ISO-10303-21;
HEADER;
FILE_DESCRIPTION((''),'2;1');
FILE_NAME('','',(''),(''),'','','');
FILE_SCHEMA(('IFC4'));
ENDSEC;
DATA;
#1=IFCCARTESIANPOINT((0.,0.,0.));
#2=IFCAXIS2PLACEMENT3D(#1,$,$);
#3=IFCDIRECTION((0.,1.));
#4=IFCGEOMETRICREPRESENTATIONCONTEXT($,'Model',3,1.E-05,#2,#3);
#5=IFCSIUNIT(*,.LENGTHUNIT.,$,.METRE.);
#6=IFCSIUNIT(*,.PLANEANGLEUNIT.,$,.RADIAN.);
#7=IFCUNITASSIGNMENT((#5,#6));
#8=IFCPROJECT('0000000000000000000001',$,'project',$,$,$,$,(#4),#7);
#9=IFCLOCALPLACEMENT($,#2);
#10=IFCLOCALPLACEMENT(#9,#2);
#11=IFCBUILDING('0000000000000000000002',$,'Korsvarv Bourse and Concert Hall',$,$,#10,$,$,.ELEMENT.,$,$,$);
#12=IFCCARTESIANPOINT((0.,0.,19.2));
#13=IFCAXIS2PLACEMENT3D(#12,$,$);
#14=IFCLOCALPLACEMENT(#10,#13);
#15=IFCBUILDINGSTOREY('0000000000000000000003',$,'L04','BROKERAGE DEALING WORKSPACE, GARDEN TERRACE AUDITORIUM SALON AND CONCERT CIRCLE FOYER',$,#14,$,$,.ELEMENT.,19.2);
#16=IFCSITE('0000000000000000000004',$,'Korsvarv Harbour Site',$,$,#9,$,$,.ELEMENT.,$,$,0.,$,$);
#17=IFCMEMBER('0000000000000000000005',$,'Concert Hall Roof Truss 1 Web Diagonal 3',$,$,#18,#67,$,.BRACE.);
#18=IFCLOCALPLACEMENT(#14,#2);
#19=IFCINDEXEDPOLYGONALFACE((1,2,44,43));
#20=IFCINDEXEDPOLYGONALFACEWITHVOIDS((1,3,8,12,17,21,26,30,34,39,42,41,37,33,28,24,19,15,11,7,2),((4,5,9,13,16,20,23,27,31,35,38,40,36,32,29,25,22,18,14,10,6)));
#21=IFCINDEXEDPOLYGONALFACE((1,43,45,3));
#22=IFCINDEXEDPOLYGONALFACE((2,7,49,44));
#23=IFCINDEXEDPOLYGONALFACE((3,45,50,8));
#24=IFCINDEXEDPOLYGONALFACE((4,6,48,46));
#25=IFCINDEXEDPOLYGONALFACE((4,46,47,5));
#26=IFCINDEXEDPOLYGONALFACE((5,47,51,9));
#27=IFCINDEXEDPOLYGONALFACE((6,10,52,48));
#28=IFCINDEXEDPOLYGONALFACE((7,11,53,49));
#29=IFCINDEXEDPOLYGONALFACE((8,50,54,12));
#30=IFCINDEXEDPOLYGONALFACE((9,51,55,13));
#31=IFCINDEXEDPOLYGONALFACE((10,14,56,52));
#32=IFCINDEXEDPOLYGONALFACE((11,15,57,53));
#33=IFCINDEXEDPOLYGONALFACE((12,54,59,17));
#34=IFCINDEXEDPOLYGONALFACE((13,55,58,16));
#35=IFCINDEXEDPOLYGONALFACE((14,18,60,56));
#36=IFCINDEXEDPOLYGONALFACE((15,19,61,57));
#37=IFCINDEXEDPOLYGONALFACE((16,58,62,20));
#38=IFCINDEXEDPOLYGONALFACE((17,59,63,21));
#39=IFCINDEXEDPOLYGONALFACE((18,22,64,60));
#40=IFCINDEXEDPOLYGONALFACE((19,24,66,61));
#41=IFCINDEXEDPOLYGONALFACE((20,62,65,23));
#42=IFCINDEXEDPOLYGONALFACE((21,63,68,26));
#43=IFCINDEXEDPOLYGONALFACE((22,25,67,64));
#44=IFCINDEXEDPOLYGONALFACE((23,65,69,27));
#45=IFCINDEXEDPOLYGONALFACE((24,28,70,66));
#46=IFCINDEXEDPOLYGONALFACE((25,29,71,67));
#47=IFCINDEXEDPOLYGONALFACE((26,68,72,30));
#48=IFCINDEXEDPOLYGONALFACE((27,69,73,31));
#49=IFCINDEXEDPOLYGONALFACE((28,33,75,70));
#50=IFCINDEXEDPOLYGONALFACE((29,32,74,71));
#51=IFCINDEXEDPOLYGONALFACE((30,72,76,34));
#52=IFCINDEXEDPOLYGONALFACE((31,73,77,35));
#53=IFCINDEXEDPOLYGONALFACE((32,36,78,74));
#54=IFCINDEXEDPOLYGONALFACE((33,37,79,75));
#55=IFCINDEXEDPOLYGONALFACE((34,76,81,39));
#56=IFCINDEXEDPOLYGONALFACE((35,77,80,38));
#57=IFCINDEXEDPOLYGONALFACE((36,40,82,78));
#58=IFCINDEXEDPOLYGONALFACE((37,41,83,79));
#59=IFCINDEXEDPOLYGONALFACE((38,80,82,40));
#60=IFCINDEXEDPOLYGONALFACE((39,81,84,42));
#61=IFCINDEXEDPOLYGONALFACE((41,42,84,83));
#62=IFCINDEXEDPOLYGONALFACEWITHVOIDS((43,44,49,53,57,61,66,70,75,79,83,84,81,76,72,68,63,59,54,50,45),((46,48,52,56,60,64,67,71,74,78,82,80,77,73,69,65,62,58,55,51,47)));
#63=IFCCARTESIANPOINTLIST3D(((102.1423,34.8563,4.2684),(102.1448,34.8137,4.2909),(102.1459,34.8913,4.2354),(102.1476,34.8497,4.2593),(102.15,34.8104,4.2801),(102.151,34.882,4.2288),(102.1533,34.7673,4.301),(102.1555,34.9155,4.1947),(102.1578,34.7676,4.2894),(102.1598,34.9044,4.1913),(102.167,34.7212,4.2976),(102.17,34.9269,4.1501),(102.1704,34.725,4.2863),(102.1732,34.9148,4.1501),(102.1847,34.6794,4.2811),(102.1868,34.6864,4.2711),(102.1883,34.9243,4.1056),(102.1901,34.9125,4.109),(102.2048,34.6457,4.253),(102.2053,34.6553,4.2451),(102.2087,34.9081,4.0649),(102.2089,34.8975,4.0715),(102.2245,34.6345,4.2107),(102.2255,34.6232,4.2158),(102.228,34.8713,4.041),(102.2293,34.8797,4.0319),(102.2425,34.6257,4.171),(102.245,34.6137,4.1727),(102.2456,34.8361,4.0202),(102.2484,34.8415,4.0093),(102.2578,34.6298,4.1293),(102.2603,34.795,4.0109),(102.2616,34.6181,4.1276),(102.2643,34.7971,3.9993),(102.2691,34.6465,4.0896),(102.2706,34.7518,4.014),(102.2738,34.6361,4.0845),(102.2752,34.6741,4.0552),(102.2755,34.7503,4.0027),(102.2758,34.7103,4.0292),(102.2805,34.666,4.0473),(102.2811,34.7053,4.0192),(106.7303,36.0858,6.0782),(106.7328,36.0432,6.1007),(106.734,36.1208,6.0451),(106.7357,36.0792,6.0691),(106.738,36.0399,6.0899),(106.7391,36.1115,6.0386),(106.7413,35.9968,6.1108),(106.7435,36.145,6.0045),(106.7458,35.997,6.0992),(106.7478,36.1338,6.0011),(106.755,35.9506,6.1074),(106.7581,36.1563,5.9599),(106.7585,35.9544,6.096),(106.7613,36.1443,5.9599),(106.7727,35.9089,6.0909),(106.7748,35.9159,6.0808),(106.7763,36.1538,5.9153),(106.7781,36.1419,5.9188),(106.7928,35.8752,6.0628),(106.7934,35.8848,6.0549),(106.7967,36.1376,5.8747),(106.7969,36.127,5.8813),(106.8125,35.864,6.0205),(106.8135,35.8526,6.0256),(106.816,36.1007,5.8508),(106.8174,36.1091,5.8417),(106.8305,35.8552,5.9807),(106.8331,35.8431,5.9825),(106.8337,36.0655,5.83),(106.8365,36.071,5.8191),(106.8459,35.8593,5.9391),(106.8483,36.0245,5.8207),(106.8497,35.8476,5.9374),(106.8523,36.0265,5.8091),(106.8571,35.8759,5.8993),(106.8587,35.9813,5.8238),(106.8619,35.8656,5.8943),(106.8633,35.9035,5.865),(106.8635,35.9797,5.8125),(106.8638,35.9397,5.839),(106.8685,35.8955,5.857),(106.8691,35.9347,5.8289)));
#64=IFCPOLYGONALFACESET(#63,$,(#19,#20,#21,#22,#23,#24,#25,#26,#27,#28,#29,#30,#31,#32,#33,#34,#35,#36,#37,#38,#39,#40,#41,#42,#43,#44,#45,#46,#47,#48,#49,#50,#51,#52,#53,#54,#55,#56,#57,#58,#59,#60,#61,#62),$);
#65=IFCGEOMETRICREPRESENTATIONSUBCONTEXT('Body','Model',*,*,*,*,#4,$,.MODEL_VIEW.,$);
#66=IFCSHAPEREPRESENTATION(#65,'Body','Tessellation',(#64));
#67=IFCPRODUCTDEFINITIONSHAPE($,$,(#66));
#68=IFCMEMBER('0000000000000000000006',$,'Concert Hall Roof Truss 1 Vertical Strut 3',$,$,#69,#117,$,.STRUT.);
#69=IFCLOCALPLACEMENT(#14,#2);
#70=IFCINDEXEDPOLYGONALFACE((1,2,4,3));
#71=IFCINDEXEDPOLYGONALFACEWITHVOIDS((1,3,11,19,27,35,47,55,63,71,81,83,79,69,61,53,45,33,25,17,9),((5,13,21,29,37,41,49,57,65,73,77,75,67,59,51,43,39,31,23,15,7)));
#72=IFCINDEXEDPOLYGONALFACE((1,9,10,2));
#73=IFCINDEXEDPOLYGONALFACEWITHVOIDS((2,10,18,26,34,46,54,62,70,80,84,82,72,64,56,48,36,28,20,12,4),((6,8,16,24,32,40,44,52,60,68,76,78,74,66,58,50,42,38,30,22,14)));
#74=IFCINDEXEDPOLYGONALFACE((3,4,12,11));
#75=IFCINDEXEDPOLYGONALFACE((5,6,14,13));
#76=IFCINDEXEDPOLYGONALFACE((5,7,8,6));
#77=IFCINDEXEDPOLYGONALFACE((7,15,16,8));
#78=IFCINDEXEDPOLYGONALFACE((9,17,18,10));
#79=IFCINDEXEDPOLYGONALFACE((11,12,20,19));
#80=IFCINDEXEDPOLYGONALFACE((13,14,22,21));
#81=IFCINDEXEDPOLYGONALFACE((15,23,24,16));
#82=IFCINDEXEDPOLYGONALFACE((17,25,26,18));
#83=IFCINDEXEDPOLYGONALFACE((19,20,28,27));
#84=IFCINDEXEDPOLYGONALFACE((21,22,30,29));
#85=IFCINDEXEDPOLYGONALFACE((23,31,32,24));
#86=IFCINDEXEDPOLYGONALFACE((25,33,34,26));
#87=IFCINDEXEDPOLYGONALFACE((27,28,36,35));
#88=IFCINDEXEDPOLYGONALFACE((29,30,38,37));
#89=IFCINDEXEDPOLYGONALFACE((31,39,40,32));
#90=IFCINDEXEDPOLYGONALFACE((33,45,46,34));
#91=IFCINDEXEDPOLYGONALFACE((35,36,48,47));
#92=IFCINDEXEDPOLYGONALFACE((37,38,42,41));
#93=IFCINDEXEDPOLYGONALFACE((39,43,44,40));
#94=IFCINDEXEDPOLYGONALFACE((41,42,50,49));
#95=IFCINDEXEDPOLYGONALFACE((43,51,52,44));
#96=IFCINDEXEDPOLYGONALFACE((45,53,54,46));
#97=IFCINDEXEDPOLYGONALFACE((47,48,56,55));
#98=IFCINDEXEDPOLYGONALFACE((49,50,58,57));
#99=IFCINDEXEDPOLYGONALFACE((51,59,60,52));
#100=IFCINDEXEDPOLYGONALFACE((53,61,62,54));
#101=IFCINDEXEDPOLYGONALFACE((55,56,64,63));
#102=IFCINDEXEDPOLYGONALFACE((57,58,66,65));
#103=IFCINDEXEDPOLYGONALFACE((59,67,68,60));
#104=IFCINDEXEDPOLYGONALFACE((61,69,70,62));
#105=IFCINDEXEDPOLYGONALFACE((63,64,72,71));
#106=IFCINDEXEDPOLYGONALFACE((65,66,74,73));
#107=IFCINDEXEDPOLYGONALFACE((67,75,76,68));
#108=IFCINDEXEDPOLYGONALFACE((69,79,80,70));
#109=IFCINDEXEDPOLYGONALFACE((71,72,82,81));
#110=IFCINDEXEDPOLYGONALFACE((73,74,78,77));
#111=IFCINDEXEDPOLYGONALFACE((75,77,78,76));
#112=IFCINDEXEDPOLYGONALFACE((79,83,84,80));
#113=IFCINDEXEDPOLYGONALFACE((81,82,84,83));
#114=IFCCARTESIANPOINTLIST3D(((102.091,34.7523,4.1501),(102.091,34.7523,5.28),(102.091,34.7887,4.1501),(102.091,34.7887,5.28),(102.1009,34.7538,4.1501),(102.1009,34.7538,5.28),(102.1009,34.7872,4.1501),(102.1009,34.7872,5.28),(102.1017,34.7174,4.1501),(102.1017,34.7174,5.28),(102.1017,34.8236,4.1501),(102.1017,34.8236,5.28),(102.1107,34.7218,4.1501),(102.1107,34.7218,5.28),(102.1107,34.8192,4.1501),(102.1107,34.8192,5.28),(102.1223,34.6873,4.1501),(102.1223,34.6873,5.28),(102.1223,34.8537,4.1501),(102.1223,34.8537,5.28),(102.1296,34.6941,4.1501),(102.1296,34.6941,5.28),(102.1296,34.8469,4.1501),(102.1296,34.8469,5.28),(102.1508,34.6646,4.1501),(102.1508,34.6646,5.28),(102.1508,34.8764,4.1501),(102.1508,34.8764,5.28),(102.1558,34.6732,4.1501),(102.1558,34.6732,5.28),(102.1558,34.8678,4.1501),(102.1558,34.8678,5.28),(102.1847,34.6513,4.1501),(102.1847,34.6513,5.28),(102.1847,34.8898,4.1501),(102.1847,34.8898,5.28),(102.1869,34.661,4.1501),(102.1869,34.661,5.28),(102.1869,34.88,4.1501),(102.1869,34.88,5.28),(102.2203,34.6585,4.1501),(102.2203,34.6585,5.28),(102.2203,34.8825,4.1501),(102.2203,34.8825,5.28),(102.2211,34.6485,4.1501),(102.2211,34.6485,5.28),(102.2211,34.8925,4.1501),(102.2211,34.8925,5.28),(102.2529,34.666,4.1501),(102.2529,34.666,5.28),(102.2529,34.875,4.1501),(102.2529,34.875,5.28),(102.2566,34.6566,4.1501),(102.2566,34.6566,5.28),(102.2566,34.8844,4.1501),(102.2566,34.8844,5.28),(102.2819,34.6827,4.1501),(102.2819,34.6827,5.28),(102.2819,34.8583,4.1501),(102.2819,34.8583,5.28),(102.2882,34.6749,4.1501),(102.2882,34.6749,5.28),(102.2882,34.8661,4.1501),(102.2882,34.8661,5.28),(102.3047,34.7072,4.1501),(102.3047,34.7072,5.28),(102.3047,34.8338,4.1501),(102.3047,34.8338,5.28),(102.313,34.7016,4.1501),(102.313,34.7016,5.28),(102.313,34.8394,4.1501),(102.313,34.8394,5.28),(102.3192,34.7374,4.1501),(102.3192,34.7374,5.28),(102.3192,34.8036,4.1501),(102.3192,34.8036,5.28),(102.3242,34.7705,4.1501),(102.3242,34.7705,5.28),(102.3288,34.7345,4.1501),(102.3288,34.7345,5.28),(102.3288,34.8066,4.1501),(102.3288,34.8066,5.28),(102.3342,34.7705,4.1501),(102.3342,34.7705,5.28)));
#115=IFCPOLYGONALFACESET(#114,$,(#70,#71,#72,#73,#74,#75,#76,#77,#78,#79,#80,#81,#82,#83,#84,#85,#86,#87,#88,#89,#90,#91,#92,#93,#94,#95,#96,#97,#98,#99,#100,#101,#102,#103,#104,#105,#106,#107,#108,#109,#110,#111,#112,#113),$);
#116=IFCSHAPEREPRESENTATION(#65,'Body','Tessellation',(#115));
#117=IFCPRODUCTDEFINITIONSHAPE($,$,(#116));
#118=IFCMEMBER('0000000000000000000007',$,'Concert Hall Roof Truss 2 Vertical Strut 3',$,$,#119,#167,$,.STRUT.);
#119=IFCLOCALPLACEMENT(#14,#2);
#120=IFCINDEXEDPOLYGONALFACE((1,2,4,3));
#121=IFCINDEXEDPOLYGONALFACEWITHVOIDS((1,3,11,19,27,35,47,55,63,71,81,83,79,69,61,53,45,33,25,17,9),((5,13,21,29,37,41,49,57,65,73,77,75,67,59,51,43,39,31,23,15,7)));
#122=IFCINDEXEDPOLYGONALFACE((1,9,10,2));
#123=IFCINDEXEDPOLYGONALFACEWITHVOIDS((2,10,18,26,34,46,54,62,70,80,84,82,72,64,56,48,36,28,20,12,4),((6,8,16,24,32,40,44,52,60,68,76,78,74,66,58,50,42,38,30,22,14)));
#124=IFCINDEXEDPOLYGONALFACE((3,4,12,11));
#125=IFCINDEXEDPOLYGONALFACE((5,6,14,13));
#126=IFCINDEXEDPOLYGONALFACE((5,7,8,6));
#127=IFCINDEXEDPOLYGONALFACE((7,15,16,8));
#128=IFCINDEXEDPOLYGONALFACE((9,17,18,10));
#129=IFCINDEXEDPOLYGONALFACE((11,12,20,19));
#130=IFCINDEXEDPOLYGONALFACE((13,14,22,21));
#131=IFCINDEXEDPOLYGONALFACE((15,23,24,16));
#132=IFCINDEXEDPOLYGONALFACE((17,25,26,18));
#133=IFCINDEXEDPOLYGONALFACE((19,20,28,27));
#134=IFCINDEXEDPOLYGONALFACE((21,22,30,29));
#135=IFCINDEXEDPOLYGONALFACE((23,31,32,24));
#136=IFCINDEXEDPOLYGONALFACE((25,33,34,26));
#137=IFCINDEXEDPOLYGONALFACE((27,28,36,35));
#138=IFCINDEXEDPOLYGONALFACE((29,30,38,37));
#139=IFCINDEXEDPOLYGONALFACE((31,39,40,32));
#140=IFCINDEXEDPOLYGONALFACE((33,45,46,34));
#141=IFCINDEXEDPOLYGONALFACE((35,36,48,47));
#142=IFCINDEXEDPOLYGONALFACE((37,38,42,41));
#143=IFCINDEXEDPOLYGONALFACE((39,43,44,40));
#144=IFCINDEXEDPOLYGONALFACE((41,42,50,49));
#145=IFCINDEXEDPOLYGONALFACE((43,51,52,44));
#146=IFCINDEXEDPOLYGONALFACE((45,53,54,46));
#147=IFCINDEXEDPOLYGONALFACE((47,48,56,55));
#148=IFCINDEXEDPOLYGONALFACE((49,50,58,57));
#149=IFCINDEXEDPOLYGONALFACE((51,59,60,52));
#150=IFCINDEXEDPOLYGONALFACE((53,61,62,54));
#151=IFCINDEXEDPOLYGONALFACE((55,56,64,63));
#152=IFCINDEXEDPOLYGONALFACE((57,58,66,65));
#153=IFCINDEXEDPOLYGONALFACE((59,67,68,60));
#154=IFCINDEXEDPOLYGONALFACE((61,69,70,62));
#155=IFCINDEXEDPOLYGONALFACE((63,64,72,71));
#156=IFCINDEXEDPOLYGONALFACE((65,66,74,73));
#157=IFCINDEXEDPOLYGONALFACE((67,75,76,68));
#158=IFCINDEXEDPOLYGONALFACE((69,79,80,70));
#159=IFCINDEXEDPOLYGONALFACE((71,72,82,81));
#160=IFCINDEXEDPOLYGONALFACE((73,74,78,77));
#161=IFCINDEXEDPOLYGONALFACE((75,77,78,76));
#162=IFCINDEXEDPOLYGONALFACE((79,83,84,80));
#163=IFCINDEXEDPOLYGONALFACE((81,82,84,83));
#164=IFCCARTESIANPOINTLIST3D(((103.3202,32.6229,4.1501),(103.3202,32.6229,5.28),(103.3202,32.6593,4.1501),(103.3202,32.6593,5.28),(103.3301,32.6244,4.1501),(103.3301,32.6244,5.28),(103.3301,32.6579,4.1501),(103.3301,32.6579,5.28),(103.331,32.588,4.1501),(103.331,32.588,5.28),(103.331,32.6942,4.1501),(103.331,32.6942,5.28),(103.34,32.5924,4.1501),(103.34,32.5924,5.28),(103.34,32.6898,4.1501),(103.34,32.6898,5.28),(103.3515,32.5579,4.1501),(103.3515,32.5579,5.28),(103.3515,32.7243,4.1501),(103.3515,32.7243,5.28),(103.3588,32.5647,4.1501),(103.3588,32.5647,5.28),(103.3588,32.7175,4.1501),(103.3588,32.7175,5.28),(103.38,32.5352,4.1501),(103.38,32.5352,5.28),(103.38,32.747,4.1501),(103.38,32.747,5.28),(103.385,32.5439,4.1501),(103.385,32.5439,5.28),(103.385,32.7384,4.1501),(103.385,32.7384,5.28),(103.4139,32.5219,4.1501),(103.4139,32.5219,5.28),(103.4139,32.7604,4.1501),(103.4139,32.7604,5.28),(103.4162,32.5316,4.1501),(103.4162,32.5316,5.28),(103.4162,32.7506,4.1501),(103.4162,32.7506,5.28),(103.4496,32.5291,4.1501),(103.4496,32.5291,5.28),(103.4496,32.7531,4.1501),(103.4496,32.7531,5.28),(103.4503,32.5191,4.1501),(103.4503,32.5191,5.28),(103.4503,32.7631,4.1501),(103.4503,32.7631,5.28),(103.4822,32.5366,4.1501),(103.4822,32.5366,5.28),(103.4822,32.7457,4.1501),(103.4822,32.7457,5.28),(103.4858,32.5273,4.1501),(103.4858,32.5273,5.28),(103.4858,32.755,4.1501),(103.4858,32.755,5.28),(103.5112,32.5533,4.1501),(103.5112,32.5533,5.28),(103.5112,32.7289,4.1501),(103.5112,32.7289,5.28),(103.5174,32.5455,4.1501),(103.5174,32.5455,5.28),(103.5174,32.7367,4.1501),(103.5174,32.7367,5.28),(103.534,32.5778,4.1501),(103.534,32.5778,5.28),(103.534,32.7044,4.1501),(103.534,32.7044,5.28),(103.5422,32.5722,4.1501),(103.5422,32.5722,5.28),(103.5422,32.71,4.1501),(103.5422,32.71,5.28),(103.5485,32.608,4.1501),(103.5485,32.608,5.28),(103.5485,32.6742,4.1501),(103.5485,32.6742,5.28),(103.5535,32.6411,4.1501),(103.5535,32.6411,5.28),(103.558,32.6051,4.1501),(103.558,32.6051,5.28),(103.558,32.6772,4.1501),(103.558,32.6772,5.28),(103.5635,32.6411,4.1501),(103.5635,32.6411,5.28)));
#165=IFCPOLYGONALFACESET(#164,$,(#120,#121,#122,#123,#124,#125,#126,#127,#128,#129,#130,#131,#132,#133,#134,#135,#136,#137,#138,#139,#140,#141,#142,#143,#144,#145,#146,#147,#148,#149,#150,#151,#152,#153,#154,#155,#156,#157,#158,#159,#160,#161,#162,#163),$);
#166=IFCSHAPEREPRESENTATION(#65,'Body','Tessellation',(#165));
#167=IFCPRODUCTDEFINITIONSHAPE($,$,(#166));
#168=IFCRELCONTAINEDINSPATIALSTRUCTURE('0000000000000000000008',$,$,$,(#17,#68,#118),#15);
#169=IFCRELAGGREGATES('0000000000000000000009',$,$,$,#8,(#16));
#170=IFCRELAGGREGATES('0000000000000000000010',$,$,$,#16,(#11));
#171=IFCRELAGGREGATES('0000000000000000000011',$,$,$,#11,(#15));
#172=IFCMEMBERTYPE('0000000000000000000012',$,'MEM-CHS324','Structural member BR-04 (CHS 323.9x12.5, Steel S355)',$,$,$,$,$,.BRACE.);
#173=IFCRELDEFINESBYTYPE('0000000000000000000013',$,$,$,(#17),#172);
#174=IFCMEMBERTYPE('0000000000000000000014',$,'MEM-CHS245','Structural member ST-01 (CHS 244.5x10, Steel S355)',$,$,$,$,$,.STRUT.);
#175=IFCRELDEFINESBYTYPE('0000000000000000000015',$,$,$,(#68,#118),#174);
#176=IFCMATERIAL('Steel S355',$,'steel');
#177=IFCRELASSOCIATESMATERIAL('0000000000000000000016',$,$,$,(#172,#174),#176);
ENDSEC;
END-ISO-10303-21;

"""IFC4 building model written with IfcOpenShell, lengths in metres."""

from ifc_helpers import new_model, si_unit, direction, frame, origin, origin_2d, place, context, subcontext, project, spatial, hollow_circle, extrude, source, transform, mapped, material, material_profile, profile_set, type_object, element, save


model = new_model("IFC4")

# Units and contexts
model_context = context("Model", 3, precision=1e-05, world=origin(), true_north=direction((0.0, 1.0)))
body_context = subcontext(model_context, "Body", "Model", "MODEL_VIEW")
ifc_project = project(units=[si_unit("LENGTHUNIT", "METRE"), si_unit("PLANEANGLEUNIT", "RADIAN")], contexts=[model_context])

# Site, building, storey
site_placement = place(None, origin())
site = spatial("IfcSite", under=ifc_project, at=site_placement, Name="Korsvarv Harbour Site", CompositionType="ELEMENT", RefElevation=0.0)
building_placement = place(site_placement, origin())
building = spatial("IfcBuilding", under=site, at=building_placement, Name="Korsvarv Bourse and Concert Hall", CompositionType="ELEMENT")
storey_placement = place(building_placement, frame((0.0, 0.0, 19.2)))
storey = spatial("IfcBuildingStorey", under=building, at=storey_placement, Name="L04", Description="BROKERAGE DEALING WORKSPACE, GARDEN TERRACE AUDITORIUM SALON AND CONCERT CIRCLE FOYER", CompositionType="ELEMENT", Elevation=19.2)

# Shared definitions
ifc_material_1 = material(Name="Steel S355", Category="steel")

# Members
ifc_material_profile_1 = material_profile(ifc_material_1, hollow_circle(Radius=0.1619, WallThickness=0.0125, at=origin_2d()), Name="CHS 323.9x12.5")
ifc_profile_set_1 = profile_set([ifc_material_profile_1], Name="Steel S355")
member_type_1 = type_object("IfcMemberType", Name="MEM-CHS324", Description="Structural member BR-04 (CHS 323.9x12.5, Steel S355)", PredefinedType="BRACE", material=ifc_profile_set_1)
shared_shape_1 = source(origin(), body_context, "Body", "SweptSolid", [
    extrude(hollow_circle(Radius=0.1619, WallThickness=0.0125, at=origin_2d()), origin(), (0.0, 0.0, 1.0), 5.083),
])
member_1_placement = place(storey_placement, frame((102.2119, 34.7705, 4.1501), z_axis=(0.902623, 0.241878, 0.356044), x_axis=(-0.25884, 0.96592, 0.0)))
element("IfcMember", 1, at=member_1_placement, inside=storey, type_object=member_type_1, Name="Concert Hall Roof Truss 1 Web Diagonal 3", PredefinedType="BRACE", context=body_context, shape_type="MappedRepresentation", body=[
    mapped(shared_shape_1, transform((0.0, 0.0, 0.0), scale=1.0)),
])
ifc_material_profile_2 = material_profile(ifc_material_1, hollow_circle(Radius=0.1223, WallThickness=0.01, at=origin_2d()), Name="CHS 244.5x10")
ifc_profile_set_2 = profile_set([ifc_material_profile_2], Name="Steel S355")
member_type_2 = type_object("IfcMemberType", Name="MEM-CHS245", Description="Structural member ST-01 (CHS 244.5x10, Steel S355)", PredefinedType="STRUT", material=ifc_profile_set_2)
shared_shape_2 = source(origin(), body_context, "Body", "SweptSolid", [
    extrude(hollow_circle(Radius=0.1223, WallThickness=0.01, at=origin_2d()), origin(), (0.0, 0.0, 1.0), 1.1299),
])
for number, where, z_axis, x_axis, name in (
    (2, (102.2119, 34.7705, 4.1501), (0.0, 0.0, 1.0), (1.0, 0.0, 0.0), "Concert Hall Roof Truss 1 Vertical Strut 3"),
    (3, (103.4412, 32.6411, 4.1501), (0.0, 0.0, 1.0), (1.0, 0.0, 0.0), "Concert Hall Roof Truss 2 Vertical Strut 3"),
):
    element("IfcMember", number, at=place(storey_placement, frame(where, z_axis=z_axis, x_axis=x_axis)), inside=storey, type_object=member_type_2, Name=name, PredefinedType="STRUT", context=body_context, shape_type="MappedRepresentation", body=[
        mapped(shared_shape_2, transform((0.0, 0.0, 0.0), scale=1.0)),
    ])

save(model, "model.ifc")
